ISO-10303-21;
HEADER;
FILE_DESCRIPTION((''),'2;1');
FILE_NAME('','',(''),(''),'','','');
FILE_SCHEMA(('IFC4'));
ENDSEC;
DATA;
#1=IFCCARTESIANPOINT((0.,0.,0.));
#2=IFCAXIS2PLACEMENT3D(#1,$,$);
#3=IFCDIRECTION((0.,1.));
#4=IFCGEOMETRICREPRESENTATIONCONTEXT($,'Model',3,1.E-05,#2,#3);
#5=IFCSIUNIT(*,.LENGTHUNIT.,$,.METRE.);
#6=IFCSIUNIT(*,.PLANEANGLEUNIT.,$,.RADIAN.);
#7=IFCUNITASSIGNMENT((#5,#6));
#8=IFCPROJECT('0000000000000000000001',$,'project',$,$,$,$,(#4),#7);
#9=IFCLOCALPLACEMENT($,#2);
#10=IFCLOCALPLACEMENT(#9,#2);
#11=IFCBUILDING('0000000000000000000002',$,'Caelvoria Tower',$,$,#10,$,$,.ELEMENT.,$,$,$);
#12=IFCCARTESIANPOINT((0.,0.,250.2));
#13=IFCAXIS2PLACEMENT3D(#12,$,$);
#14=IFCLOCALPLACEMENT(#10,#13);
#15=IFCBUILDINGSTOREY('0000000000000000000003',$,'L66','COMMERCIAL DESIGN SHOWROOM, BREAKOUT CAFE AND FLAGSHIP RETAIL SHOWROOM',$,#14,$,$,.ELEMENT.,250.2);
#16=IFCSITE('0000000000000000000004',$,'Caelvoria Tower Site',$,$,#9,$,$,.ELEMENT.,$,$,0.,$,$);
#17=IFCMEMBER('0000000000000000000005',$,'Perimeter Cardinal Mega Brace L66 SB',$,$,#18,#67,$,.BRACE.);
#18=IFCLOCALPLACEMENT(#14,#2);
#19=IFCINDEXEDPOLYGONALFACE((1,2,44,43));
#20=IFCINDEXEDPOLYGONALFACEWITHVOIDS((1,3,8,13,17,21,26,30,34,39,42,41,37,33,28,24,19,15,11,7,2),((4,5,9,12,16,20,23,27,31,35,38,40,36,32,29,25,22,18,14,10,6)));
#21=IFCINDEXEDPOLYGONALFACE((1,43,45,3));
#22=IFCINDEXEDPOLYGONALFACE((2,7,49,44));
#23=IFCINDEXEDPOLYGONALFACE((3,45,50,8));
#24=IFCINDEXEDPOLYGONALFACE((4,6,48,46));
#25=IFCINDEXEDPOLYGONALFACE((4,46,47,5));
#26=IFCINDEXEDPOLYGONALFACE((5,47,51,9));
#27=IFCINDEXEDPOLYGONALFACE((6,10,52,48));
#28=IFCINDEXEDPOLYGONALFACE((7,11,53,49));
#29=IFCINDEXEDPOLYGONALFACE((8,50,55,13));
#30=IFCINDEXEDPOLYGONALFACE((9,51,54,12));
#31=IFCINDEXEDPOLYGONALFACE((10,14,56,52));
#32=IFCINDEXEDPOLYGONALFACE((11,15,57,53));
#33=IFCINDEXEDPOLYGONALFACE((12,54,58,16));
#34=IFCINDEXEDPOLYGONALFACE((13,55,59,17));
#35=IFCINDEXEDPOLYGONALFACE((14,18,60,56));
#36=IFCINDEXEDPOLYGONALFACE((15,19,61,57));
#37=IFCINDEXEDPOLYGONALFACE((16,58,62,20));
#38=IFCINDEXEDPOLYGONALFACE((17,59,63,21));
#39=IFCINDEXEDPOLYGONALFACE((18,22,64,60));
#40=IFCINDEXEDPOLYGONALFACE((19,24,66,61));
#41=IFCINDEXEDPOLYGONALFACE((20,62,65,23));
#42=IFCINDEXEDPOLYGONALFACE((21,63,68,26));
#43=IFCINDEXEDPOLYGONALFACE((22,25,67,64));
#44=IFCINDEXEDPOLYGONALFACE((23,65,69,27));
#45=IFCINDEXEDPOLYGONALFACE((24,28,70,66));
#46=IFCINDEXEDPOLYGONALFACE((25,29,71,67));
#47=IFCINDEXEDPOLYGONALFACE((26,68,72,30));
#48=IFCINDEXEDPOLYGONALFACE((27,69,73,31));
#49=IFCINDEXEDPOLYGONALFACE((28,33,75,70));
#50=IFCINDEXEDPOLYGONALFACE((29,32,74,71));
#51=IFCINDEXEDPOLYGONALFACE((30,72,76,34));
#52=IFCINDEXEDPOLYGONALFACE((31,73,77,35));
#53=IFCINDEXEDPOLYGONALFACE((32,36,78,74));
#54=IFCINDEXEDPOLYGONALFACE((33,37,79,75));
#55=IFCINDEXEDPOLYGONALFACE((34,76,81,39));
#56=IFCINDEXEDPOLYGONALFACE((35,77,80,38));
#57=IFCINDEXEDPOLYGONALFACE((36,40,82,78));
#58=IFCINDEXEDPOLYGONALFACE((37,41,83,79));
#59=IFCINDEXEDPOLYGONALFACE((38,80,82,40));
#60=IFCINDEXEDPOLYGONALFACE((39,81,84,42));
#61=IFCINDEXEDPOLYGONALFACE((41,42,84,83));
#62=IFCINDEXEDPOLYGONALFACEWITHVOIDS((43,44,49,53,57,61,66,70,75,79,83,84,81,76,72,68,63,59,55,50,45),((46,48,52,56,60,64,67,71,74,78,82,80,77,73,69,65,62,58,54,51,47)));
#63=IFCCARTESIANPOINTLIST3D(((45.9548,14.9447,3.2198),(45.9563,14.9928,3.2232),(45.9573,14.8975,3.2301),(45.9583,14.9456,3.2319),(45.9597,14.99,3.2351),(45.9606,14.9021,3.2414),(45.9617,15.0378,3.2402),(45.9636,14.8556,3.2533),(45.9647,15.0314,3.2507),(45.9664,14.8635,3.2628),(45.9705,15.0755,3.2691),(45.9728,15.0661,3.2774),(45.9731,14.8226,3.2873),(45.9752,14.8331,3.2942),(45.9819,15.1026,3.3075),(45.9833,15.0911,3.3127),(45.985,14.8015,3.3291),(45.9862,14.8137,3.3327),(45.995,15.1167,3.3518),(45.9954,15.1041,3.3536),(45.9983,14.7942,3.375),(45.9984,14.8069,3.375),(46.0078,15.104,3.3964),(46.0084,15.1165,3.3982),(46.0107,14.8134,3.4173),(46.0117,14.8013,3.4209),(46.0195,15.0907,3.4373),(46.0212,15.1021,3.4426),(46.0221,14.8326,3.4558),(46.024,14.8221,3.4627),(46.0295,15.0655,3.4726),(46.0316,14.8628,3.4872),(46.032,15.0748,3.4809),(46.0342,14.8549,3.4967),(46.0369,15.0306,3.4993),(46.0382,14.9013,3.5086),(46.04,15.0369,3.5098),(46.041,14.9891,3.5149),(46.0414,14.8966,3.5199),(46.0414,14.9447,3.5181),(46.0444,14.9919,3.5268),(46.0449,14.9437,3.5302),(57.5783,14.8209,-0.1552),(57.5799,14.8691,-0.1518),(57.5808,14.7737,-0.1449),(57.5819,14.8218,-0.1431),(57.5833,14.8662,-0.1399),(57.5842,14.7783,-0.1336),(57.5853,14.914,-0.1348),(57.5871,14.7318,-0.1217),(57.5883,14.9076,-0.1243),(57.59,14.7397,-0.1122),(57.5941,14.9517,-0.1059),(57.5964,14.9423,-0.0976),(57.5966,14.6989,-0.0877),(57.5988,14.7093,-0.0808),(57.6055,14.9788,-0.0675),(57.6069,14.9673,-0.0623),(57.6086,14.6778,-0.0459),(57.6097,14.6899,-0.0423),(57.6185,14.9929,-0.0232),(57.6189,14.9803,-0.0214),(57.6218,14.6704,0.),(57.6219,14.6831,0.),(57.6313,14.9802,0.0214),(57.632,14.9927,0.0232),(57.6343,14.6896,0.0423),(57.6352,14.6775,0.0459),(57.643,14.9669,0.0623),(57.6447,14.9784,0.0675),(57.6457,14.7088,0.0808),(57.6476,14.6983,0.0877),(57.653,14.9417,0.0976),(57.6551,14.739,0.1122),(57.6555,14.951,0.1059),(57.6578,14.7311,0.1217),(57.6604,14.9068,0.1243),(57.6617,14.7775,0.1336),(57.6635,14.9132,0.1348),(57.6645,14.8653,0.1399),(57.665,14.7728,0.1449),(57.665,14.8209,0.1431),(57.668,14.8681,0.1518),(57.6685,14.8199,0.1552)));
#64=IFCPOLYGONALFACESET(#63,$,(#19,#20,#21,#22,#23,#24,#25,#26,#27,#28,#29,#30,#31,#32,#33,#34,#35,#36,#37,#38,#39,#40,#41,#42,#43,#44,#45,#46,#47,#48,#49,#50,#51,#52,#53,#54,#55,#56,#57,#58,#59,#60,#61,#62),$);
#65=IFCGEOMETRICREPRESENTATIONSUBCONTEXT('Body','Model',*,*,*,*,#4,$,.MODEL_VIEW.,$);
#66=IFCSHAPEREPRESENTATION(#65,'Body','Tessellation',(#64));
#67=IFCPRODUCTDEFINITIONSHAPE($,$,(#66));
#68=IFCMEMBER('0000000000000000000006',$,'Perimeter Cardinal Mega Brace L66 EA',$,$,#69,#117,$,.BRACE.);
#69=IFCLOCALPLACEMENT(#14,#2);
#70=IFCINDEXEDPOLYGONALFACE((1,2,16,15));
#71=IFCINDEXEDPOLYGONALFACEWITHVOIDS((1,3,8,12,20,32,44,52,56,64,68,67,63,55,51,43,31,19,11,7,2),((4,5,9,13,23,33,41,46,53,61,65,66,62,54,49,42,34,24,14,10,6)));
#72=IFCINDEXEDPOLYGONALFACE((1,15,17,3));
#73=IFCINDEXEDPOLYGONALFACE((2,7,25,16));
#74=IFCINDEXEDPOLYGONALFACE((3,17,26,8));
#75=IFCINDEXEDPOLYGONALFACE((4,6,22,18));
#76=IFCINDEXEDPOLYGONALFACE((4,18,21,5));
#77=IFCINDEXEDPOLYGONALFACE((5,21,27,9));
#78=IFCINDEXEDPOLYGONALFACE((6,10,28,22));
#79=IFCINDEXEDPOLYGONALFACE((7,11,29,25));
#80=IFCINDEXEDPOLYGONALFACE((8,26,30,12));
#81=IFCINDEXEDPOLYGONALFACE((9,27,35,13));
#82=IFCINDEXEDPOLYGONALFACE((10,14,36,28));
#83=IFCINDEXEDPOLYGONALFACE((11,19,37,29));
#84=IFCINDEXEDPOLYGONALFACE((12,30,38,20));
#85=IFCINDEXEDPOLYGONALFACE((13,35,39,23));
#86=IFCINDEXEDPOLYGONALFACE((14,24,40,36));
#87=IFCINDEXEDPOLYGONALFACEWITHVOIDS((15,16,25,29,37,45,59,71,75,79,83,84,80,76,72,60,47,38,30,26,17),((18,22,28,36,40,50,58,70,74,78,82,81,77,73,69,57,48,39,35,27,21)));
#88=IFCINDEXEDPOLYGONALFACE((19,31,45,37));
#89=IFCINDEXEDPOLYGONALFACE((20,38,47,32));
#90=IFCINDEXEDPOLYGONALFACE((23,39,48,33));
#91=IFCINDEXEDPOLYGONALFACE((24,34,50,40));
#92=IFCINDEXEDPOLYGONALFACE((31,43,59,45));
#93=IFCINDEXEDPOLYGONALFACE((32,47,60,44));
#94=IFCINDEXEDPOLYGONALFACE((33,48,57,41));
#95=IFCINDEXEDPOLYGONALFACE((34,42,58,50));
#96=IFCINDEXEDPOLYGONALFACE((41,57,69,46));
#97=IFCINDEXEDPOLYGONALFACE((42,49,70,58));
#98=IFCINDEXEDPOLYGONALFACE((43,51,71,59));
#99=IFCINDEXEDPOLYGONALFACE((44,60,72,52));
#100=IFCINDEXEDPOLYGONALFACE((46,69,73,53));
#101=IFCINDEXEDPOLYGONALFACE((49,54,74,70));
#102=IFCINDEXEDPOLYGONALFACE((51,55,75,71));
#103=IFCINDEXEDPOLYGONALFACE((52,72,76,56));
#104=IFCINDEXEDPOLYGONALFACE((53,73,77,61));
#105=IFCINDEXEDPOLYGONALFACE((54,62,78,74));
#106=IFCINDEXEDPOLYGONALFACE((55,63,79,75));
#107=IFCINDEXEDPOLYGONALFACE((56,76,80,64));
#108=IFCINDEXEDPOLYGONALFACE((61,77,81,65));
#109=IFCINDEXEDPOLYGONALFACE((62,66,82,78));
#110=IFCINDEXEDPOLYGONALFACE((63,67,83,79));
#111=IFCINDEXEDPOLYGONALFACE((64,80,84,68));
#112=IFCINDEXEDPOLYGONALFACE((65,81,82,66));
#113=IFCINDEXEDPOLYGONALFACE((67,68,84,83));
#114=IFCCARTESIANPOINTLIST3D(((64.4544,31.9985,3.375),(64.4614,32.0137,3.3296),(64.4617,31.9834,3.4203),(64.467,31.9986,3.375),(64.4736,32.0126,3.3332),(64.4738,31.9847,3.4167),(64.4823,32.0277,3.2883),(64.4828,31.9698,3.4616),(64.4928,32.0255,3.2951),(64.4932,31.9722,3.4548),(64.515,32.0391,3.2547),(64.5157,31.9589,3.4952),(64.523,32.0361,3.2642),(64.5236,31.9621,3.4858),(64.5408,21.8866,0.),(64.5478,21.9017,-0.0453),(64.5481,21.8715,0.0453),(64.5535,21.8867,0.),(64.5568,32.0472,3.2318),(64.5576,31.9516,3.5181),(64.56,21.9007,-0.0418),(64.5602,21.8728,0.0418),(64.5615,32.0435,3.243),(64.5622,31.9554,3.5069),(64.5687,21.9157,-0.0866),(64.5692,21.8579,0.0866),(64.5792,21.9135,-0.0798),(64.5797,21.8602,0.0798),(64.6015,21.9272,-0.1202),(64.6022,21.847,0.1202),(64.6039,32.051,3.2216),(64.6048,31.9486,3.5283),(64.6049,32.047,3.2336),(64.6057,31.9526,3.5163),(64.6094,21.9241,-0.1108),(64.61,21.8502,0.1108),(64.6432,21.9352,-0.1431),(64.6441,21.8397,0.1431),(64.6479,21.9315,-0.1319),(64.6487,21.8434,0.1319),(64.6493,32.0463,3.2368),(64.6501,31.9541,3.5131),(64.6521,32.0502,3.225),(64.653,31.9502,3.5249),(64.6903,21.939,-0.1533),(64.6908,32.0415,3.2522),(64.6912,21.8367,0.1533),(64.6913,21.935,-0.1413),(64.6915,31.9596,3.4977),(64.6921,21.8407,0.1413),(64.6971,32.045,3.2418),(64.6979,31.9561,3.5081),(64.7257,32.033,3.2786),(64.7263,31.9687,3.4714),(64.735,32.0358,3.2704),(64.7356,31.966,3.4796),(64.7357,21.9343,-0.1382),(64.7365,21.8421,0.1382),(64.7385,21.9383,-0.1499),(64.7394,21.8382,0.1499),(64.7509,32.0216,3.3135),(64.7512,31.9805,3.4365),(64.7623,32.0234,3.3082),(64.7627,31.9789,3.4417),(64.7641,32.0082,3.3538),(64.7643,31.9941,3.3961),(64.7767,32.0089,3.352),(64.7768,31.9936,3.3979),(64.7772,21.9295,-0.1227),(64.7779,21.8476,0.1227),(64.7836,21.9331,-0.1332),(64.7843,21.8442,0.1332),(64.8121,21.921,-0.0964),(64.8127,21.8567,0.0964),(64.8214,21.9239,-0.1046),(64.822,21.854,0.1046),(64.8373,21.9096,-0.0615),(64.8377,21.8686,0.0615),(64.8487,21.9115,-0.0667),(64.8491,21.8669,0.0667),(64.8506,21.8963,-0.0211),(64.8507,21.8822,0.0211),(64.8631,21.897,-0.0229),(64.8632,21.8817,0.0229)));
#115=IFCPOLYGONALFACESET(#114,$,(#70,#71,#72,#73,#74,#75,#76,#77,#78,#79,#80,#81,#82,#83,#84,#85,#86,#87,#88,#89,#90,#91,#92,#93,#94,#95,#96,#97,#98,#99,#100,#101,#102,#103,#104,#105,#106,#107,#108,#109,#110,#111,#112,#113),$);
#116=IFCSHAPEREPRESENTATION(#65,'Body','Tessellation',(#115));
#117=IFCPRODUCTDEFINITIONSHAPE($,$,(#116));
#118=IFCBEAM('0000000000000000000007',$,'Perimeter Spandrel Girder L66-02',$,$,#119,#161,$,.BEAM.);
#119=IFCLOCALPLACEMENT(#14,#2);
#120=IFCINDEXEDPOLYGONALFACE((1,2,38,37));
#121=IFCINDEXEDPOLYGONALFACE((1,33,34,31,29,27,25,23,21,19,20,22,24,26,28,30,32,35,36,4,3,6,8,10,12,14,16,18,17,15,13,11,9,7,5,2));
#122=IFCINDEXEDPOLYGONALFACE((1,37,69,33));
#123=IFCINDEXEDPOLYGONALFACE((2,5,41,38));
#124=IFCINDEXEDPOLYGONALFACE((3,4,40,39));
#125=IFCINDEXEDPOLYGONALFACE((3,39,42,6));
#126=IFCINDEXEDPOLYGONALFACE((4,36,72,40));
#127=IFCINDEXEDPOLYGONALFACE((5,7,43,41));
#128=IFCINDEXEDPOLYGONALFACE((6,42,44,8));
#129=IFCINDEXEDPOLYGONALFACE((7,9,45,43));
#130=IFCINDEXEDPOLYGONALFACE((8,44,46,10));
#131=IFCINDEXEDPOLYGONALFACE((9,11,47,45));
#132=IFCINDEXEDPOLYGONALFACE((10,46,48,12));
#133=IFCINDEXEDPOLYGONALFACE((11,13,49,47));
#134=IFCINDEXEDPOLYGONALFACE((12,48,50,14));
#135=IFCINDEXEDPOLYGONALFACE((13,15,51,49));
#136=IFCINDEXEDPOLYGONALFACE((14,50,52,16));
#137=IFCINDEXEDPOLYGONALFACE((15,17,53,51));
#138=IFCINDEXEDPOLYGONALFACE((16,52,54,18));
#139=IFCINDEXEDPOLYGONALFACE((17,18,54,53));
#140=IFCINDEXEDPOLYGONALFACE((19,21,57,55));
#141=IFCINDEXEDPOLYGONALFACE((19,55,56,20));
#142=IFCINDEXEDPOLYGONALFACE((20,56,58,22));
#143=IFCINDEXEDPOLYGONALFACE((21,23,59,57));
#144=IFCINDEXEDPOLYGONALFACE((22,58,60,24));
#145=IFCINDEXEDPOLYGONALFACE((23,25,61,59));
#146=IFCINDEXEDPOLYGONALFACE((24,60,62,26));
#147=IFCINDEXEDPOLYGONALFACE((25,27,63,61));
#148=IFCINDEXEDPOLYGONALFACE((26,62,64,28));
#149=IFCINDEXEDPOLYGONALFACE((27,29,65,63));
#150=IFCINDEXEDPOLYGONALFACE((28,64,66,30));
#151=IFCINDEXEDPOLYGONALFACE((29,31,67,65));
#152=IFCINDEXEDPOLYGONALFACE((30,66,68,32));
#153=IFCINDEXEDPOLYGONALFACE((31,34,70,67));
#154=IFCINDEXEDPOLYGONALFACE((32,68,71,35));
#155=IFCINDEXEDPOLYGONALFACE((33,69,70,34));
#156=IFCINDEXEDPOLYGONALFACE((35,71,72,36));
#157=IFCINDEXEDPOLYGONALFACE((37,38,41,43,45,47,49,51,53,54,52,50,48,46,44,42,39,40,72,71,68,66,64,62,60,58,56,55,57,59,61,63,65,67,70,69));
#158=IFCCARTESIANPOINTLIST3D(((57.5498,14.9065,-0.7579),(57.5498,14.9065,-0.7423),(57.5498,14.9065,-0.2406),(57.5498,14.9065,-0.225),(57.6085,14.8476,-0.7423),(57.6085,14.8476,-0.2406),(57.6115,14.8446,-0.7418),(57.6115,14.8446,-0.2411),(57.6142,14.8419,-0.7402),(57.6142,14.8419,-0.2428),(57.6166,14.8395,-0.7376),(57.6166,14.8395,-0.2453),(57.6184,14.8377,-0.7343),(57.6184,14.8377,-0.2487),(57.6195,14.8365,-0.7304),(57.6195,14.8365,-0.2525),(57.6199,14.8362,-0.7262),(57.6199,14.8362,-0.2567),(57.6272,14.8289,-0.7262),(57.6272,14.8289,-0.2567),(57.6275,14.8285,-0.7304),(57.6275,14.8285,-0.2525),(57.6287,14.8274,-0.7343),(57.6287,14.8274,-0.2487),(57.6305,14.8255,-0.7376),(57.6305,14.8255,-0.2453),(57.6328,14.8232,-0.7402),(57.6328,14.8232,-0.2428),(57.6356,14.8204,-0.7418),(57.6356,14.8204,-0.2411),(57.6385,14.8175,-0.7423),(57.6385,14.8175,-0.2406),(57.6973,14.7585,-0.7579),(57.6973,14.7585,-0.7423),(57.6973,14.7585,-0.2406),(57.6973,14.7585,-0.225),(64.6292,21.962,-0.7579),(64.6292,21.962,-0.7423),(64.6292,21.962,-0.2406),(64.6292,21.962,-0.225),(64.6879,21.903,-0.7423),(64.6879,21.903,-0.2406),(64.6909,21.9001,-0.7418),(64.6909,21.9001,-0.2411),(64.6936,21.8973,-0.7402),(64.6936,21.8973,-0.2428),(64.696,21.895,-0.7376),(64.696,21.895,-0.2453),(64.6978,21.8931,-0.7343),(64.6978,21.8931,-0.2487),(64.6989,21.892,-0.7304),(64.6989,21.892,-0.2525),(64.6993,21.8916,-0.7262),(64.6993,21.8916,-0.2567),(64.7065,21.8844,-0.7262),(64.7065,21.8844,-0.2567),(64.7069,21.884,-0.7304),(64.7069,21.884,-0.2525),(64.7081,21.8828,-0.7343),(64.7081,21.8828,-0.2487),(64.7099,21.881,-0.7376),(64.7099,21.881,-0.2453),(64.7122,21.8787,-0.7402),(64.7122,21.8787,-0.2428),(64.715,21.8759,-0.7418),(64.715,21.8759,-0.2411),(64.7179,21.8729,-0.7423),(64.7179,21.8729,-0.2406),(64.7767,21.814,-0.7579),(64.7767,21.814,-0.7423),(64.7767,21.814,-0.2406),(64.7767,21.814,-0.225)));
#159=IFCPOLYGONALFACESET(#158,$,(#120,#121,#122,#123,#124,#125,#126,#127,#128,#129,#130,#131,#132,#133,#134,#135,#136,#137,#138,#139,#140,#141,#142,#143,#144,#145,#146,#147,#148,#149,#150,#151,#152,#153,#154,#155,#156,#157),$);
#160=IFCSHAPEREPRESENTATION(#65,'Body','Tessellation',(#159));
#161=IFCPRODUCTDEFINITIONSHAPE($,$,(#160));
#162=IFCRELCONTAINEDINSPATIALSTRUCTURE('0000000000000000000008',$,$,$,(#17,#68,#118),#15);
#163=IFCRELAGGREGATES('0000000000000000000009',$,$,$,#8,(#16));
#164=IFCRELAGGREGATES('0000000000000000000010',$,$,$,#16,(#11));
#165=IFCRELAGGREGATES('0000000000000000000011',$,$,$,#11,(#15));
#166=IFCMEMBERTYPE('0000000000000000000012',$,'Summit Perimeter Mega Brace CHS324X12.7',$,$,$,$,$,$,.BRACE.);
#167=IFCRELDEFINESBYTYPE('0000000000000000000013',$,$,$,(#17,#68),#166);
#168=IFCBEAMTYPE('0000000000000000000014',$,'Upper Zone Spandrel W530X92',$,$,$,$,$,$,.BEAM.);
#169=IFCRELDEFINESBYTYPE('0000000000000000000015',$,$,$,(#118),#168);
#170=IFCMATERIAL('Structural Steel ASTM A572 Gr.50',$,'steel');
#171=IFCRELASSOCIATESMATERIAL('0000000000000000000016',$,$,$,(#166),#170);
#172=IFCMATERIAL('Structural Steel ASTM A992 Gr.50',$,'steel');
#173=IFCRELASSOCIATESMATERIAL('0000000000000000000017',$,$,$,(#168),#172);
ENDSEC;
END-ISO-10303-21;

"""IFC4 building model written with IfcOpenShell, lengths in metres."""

from ifc_helpers import new_model, si_unit, direction, frame, origin, origin_2d, place, context, subcontext, project, spatial, hollow_circle, i_section, extrude, material, material_profile, profile_set, type_object, element, save


model = new_model("IFC4")

# Units and contexts
model_context = context("Model", 3, precision=1e-05, world=origin(), true_north=direction((0.0, 1.0)))
body_context = subcontext(model_context, "Body", "Model", "MODEL_VIEW")
ifc_project = project(units=[si_unit("LENGTHUNIT", "METRE"), si_unit("PLANEANGLEUNIT", "RADIAN")], contexts=[model_context])

# Site, building, storey
site_placement = place(None, origin())
site = spatial("IfcSite", under=ifc_project, at=site_placement, Name="Caelvoria Tower Site", CompositionType="ELEMENT", RefElevation=0.0)
building_placement = place(site_placement, origin())
building = spatial("IfcBuilding", under=site, at=building_placement, Name="Caelvoria Tower", CompositionType="ELEMENT")
storey_placement = place(building_placement, frame((0.0, 0.0, 250.2)))
storey = spatial("IfcBuildingStorey", under=building, at=storey_placement, Name="L66", Description="COMMERCIAL DESIGN SHOWROOM, BREAKOUT CAFE AND FLAGSHIP RETAIL SHOWROOM", CompositionType="ELEMENT", Elevation=250.2)

# Shared definitions
ifc_material_1 = material(Name="Structural Steel ASTM A572 Gr.50", Category="steel")
ifc_material_2 = material(Name="Structural Steel ASTM A992 Gr.50", Category="steel")

# Members
ifc_material_profile_1 = material_profile(ifc_material_1, hollow_circle(Radius=0.1621, WallThickness=0.0127, at=origin_2d()), Name="Structural Steel ASTM A572 Gr.50")
ifc_profile_set_1 = profile_set([ifc_material_profile_1], Name="CHS324X12.7 - Structural Steel ASTM A572 Gr.50")
member_type = type_object("IfcMemberType", Name="Summit Perimeter Mega Brace CHS324X12.7", PredefinedType="BRACE", material=ifc_profile_set_1)
member_1_placement = place(storey_placement, frame((57.6235, 14.8325, 0.0), z_axis=(-0.960287, 0.010226, 0.278828), x_axis=(-0.010648, -0.999943, 0.0)))
element("IfcMember", 1, at=member_1_placement, inside=storey, type_object=member_type, Name="Perimeter Cardinal Mega Brace L66 SB", PredefinedType="BRACE", context=body_context, shape_type="SweptSolid", body=[
    extrude(hollow_circle(Radius=0.1621, WallThickness=0.0127, at=origin_2d()), origin(), (0.0, 0.0, 1.0), 12.1042),
])
member_2_placement = place(storey_placement, frame((64.7029, 21.8879, 0.0), z_axis=(-0.008107, 0.948531, 0.316581), x_axis=(-0.999963, -0.008546, 0.0)))
element("IfcMember", 2, at=member_2_placement, inside=storey, type_object=member_type, Name="Perimeter Cardinal Mega Brace L66 EA", PredefinedType="BRACE", context=body_context, shape_type="SweptSolid", body=[
    extrude(hollow_circle(Radius=0.1621, WallThickness=0.0127, at=origin_2d()), origin(), (0.0, 0.0, 1.0), 10.6606),
])

# Beam
ifc_material_profile_2 = material_profile(ifc_material_2, i_section(OverallWidth=0.209, OverallDepth=0.533, WebThickness=0.0103, FlangeThickness=0.0156, FilletRadius=0.0161, at=origin_2d()), Name="Structural Steel ASTM A992 Gr.50")
ifc_profile_set_2 = profile_set([ifc_material_profile_2], Name="W530X92 - Structural Steel ASTM A992 Gr.50")
beam_type_1 = type_object("IfcBeamType", Name="Upper Zone Spandrel W530X92", PredefinedType="BEAM", material=ifc_profile_set_2)
beam_1_placement = place(storey_placement, frame((57.6235, 14.8325, -0.4915), z_axis=(0.708303, 0.705909, 0.0), x_axis=(-0.705909, 0.708303, 0.0)))
element("IfcBeam", 3, at=beam_1_placement, inside=storey, type_object=beam_type_1, Name="Perimeter Spandrel Girder L66-02", PredefinedType="BEAM", context=body_context, shape_type="SweptSolid", body=[
    extrude(i_section(OverallWidth=0.209, OverallDepth=0.533, WebThickness=0.0103, FlangeThickness=0.0156, FilletRadius=0.0161, at=origin_2d()), origin(), (0.0, 0.0, 1.0), 9.9949),
])

save(model, "model.ifc")
